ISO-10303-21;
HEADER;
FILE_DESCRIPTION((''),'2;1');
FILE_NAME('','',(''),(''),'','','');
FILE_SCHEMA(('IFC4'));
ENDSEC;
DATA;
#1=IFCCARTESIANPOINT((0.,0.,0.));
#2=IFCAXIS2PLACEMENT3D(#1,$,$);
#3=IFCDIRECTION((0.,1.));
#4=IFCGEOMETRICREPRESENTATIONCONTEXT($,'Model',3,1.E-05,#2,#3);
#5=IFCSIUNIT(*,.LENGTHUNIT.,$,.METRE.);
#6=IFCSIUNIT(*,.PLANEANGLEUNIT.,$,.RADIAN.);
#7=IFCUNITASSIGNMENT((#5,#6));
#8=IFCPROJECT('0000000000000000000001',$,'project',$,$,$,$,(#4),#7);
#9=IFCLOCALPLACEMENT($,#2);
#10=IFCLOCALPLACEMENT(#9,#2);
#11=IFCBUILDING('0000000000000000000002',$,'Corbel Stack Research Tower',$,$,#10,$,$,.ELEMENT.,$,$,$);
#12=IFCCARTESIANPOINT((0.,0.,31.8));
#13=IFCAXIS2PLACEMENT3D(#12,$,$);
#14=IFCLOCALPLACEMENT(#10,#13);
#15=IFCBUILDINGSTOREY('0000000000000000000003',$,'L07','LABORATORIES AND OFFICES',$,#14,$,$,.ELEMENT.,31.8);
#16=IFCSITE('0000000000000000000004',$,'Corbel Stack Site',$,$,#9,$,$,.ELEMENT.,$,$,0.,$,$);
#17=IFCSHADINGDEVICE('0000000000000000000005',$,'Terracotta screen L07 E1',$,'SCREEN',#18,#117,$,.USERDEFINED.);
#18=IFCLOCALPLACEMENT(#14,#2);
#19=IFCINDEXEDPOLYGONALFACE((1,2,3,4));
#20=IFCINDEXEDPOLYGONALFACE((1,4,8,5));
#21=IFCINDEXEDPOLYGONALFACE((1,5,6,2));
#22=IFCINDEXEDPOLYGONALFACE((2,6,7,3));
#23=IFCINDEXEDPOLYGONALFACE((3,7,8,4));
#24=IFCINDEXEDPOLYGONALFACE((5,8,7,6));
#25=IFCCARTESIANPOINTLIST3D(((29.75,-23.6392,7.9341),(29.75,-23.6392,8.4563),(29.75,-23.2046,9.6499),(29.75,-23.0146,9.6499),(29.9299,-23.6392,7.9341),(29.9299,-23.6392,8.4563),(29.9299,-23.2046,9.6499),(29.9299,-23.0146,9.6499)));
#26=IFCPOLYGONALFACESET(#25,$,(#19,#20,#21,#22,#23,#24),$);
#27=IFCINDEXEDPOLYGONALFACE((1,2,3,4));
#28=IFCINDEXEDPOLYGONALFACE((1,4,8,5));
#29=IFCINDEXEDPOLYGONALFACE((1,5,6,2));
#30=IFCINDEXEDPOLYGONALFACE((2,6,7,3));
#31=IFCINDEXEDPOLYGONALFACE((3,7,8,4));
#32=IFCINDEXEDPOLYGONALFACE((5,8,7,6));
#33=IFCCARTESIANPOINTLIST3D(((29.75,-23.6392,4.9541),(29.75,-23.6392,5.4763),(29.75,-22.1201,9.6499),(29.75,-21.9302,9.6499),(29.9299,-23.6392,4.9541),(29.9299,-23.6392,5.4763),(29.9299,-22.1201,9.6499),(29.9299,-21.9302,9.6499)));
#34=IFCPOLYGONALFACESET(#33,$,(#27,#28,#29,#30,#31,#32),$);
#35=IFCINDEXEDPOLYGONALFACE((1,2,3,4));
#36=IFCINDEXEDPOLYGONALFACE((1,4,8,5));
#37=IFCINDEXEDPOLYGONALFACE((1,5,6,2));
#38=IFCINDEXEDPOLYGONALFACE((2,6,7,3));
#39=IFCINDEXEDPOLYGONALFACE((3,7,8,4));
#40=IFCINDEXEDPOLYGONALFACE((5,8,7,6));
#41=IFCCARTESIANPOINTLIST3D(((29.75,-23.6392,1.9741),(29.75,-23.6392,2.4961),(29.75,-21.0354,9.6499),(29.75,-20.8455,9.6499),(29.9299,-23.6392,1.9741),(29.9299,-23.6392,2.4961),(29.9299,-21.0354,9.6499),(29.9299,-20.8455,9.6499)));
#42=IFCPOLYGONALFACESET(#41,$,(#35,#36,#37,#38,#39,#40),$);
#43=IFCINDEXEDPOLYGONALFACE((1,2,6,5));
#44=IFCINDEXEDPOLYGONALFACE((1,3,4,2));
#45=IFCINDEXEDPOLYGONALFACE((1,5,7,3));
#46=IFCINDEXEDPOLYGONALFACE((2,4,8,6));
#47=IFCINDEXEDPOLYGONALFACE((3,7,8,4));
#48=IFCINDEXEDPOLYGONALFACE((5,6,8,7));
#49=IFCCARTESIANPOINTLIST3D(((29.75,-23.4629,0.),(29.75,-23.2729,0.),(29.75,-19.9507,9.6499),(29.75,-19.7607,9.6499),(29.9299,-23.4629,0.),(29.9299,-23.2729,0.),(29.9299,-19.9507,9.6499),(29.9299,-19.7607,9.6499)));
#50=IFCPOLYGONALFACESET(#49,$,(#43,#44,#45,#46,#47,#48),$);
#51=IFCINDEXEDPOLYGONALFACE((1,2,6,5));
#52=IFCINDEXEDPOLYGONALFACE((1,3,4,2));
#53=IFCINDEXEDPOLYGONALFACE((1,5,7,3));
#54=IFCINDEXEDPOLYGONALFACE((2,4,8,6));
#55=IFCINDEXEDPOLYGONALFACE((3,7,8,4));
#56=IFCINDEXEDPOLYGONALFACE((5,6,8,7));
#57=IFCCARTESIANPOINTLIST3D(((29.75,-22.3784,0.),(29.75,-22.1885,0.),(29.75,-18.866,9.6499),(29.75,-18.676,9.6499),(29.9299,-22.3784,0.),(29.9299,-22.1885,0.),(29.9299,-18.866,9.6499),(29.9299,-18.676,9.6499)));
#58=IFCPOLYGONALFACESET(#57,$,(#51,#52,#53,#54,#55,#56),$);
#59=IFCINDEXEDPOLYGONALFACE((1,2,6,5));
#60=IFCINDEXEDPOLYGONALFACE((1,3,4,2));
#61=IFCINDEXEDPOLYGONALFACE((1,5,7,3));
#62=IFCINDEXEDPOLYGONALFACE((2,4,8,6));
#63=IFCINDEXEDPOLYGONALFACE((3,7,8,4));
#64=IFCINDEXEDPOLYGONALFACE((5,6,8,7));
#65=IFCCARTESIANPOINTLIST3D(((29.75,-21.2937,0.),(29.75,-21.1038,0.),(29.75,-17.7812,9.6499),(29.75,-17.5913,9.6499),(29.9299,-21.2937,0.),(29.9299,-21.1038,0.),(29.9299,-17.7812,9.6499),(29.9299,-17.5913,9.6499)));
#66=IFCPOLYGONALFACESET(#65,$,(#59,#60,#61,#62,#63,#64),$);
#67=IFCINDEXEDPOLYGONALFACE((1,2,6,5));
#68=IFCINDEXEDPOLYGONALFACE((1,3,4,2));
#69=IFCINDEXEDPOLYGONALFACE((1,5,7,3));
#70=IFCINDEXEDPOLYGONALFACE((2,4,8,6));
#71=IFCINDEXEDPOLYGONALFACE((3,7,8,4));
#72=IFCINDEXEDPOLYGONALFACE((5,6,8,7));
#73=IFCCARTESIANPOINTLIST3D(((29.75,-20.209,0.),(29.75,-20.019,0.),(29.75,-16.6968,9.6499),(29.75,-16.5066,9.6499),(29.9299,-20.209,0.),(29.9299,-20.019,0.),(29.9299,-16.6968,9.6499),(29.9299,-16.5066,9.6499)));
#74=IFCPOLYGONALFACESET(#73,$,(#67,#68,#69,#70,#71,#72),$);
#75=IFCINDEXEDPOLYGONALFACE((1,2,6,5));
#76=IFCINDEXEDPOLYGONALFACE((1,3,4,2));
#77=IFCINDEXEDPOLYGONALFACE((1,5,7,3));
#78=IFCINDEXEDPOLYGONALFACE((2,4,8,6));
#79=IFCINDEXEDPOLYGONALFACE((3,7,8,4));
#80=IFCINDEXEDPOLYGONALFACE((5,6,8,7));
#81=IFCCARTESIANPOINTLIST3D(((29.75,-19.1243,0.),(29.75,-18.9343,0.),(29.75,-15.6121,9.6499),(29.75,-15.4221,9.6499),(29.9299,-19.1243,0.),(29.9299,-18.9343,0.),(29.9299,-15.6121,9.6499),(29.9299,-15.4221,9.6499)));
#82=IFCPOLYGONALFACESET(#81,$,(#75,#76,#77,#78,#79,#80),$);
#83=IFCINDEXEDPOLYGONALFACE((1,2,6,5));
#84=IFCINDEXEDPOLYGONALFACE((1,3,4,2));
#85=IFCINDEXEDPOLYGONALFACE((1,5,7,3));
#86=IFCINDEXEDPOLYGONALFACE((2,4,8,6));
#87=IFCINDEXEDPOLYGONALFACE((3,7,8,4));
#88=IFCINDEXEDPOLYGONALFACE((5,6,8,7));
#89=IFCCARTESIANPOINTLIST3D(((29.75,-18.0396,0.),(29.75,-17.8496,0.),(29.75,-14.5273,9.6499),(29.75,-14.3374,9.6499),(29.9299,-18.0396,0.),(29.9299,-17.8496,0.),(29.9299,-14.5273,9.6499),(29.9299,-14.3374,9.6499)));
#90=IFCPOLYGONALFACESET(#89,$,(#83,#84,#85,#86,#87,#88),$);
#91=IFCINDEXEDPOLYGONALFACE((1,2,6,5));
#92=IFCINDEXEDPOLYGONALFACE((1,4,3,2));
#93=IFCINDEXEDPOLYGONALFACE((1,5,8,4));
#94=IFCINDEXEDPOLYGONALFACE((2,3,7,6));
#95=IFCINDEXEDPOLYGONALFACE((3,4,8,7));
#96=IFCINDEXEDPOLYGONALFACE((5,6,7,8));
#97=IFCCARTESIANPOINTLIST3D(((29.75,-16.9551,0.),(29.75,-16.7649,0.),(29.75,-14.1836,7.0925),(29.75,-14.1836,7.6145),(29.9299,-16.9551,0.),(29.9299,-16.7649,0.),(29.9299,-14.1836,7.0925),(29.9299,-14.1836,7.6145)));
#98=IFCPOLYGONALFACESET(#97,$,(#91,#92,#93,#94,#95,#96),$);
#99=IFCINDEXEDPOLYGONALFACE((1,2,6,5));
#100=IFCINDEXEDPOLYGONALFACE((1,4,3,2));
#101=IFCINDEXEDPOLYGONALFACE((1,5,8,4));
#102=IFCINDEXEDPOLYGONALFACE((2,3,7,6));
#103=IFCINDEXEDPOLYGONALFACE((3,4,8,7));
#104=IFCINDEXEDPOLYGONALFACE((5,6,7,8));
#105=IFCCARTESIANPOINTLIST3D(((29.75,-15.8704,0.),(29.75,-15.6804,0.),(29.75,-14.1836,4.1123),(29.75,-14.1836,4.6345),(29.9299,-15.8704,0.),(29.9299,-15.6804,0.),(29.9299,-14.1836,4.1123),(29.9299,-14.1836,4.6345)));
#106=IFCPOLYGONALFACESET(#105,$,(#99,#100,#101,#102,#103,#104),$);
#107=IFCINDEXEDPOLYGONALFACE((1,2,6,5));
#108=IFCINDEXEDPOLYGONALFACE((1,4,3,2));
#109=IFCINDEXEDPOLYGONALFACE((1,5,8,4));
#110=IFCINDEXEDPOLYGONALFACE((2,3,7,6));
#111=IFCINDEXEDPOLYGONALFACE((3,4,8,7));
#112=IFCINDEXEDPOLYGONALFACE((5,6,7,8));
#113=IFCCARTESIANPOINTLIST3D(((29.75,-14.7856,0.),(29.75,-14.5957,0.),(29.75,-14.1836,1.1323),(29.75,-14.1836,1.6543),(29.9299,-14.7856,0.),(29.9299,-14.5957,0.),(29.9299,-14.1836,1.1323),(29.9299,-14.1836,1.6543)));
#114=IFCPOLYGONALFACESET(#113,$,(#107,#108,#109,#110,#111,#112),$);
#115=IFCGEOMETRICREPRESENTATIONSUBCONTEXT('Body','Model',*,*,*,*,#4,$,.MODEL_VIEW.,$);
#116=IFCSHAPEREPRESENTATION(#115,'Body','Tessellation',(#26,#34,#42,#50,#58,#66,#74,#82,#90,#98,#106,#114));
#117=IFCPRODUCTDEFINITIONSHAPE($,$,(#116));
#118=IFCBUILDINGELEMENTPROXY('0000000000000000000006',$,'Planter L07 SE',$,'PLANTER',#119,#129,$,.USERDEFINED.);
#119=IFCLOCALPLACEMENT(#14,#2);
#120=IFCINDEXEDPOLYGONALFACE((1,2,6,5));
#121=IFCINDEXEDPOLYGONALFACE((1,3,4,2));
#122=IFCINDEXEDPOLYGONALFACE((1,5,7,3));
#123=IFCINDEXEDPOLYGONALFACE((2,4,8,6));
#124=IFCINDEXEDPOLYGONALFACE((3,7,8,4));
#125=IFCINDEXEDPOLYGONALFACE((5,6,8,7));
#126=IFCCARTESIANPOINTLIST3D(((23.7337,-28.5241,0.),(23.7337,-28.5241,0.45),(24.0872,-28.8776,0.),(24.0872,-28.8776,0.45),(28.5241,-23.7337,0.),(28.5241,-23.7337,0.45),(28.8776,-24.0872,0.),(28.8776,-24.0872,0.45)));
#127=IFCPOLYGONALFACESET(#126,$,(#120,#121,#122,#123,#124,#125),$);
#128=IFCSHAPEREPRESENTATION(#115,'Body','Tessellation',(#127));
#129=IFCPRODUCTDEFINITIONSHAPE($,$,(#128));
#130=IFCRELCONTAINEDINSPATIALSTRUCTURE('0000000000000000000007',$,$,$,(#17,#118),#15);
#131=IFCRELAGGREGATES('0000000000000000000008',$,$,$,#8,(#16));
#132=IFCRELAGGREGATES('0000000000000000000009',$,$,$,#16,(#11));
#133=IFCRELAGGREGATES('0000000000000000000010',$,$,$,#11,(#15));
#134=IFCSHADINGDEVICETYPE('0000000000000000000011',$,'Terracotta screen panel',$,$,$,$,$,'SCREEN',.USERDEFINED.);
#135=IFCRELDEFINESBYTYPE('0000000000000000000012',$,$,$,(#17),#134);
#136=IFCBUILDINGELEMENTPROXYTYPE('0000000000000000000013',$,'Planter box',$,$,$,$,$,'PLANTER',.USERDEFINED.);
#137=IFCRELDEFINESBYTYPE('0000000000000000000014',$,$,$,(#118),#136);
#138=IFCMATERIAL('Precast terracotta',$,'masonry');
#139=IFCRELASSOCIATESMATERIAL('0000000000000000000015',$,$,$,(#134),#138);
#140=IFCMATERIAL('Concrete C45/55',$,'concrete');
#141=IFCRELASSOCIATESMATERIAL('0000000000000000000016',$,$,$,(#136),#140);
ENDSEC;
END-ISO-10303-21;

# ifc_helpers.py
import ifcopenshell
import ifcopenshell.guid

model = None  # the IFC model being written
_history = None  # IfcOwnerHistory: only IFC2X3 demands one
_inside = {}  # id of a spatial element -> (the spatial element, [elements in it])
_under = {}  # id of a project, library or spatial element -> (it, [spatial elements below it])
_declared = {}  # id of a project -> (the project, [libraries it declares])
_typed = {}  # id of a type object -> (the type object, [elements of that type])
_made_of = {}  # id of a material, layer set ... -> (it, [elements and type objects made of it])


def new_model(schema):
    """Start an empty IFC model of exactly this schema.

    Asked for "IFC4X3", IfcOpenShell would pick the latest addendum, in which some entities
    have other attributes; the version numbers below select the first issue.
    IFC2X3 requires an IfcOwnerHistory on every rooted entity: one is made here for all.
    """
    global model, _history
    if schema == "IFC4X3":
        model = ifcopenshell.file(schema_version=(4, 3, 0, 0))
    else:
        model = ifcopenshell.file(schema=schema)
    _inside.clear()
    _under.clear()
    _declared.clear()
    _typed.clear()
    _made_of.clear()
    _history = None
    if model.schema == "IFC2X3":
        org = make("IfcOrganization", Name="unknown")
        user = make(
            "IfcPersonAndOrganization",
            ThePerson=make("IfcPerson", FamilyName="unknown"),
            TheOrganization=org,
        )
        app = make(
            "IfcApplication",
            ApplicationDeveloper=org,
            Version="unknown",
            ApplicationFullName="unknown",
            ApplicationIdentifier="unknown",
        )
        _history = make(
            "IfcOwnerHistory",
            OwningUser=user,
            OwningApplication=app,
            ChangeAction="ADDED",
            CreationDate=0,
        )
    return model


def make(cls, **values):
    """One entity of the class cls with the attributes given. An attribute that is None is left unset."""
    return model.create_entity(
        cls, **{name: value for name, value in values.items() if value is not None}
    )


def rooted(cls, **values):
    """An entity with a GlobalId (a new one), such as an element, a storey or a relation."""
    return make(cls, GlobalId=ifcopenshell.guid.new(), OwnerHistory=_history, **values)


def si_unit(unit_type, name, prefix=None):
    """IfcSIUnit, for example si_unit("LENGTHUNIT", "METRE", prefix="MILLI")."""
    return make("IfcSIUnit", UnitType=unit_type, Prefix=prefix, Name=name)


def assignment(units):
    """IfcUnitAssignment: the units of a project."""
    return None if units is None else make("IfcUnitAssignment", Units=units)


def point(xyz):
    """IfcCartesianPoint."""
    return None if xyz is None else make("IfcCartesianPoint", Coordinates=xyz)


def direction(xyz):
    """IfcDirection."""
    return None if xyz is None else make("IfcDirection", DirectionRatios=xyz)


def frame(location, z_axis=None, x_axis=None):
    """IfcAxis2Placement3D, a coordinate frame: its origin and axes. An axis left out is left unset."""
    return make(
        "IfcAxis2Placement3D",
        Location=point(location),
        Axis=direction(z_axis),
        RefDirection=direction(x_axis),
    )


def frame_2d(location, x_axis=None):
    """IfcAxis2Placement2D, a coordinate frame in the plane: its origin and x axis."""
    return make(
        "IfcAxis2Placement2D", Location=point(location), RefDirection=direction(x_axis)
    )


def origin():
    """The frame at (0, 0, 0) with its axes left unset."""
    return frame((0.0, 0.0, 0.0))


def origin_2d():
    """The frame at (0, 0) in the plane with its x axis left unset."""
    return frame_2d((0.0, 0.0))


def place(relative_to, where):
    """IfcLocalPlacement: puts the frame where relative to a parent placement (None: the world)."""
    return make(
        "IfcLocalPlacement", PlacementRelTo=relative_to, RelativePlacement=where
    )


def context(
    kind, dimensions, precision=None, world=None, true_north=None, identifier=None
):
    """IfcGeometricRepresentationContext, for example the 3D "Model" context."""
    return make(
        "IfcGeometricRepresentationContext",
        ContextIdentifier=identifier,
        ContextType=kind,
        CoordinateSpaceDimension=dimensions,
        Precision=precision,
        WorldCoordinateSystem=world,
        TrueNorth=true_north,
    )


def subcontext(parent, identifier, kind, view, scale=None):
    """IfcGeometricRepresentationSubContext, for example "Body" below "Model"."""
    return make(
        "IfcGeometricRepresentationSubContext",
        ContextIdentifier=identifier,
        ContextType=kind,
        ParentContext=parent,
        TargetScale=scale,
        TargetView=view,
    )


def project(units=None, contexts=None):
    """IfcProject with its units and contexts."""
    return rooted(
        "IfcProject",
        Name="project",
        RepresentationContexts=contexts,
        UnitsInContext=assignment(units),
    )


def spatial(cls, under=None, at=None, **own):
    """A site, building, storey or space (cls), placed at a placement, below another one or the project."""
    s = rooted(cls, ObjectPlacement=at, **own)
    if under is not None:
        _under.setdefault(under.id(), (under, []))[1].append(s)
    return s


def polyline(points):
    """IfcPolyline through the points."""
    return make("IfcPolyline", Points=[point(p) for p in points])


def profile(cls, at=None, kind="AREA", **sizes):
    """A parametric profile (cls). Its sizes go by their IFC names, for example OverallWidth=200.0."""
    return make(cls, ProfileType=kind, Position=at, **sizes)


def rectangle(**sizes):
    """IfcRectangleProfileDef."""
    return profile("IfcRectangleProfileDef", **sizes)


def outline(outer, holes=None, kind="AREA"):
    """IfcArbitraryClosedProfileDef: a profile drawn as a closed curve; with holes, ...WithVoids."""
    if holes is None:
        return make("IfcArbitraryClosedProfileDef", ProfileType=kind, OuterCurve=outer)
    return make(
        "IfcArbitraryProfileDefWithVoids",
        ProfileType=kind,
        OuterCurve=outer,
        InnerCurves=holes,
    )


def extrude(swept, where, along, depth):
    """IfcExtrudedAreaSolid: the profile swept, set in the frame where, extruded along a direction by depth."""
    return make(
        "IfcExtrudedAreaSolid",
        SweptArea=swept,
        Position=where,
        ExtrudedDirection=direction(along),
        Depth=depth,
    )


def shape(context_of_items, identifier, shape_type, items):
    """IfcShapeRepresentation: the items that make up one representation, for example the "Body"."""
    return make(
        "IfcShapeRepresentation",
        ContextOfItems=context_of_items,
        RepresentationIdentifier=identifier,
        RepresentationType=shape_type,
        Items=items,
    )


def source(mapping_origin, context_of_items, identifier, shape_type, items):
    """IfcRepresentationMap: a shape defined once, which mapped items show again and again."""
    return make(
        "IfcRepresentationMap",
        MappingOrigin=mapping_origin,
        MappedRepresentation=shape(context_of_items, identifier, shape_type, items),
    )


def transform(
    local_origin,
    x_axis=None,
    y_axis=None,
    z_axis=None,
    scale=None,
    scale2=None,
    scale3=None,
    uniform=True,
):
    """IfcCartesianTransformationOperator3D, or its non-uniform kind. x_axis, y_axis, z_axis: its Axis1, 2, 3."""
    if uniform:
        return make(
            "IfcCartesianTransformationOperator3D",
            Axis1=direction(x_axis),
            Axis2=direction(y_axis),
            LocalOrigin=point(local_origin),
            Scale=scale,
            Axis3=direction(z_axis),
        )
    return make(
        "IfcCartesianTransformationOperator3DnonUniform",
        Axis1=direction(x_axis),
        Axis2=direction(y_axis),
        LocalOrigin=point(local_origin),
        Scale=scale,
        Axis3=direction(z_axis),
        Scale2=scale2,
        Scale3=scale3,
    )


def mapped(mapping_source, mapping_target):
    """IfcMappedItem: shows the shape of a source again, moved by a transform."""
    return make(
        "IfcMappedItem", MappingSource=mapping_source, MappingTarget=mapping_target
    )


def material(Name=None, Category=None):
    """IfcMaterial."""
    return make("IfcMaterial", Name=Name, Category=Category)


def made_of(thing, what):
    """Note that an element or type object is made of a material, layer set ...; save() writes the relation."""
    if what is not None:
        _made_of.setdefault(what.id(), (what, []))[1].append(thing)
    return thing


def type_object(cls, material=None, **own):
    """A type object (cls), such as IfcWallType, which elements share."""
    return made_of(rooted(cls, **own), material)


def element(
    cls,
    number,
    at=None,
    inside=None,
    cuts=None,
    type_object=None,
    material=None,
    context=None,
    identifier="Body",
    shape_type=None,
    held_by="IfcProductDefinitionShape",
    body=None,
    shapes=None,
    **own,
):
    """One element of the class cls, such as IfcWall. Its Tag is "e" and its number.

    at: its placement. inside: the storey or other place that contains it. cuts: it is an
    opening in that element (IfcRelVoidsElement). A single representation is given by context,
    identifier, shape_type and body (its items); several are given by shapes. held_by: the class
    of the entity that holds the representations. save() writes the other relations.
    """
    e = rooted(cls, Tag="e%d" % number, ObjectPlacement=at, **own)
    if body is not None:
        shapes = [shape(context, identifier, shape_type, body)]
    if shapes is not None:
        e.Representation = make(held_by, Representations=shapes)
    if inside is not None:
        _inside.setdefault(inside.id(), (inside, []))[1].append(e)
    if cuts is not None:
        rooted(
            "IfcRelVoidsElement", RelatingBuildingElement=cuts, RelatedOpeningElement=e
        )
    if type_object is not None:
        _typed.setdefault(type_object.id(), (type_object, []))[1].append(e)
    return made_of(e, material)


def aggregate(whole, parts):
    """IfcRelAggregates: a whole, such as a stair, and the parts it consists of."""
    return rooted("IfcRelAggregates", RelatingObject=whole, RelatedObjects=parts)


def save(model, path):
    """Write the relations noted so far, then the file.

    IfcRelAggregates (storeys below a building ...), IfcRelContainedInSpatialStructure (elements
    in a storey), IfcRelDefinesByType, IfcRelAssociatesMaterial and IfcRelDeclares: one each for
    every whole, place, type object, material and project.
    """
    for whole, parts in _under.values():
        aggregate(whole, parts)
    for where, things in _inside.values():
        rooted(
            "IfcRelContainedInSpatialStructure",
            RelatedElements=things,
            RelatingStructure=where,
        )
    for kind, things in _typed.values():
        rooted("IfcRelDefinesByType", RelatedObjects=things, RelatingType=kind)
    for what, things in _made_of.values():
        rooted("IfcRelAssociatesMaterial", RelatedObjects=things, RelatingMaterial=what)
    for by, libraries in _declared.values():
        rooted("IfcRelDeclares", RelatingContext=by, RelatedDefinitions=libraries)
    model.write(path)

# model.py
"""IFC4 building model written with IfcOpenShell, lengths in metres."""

from ifc_helpers import new_model, si_unit, direction, frame, origin, origin_2d, place, context, subcontext, project, spatial, polyline, rectangle, outline, extrude, source, transform, mapped, material, type_object, element, save


model = new_model("IFC4")

# Units and contexts
model_context = context("Model", 3, precision=1e-05, world=origin(), true_north=direction((0.0, 1.0)))
body_context = subcontext(model_context, "Body", "Model", "MODEL_VIEW")
ifc_project = project(units=[si_unit("LENGTHUNIT", "METRE"), si_unit("PLANEANGLEUNIT", "RADIAN")], contexts=[model_context])

# Site, building, storey
site_placement = place(None, origin())
site = spatial("IfcSite", under=ifc_project, at=site_placement, Name="Corbel Stack Site", CompositionType="ELEMENT", RefElevation=0.0)
building_placement = place(site_placement, origin())
building = spatial("IfcBuilding", under=site, at=building_placement, Name="Corbel Stack Research Tower", CompositionType="ELEMENT")
storey_placement = place(building_placement, frame((0.0, 0.0, 31.8)))
storey = spatial("IfcBuildingStorey", under=building, at=storey_placement, Name="L07", Description="LABORATORIES AND OFFICES", CompositionType="ELEMENT", Elevation=31.8)

# Shading device
ifc_material_1 = material(Name="Precast terracotta", Category="masonry")
shading_device_type = type_object("IfcShadingDeviceType", Name="Terracotta screen panel", ElementType="SCREEN", PredefinedType="USERDEFINED", material=ifc_material_1)
shared_shape_1 = source(origin(), body_context, "Body", "SweptSolid", [
    extrude(outline(polyline([(0.6245, 9.6499), (0.4346, 9.6499), (0.0, 8.4563), (0.0, 7.9341), (0.6245, 9.6499)])), frame((0.0, 0.0, 0.0), z_axis=(0.0, -1.0, 0.0), x_axis=(1.0, 0.0, 0.0)), (0.0, 0.0, 1.0), 0.1799),
    extrude(outline(polyline([(1.709, 9.6499), (1.519, 9.6499), (0.0, 5.4763), (0.0, 4.9541), (1.709, 9.6499)])), frame((0.0, 0.0, 0.0), z_axis=(0.0, -1.0, 0.0), x_axis=(1.0, 0.0, 0.0)), (0.0, 0.0, 1.0), 0.1799),
    extrude(outline(polyline([(2.7937, 9.6499), (2.6038, 9.6499), (0.0, 2.4961), (0.0, 1.9741), (2.7937, 9.6499)])), frame((0.0, 0.0, 0.0), z_axis=(0.0, -1.0, 0.0), x_axis=(1.0, 0.0, 0.0)), (0.0, 0.0, 1.0), 0.1799),
    extrude(outline(polyline([(0.3662, 0.0), (3.8784, 9.6499), (3.6885, 9.6499), (0.1763, 0.0), (0.3662, 0.0)])), frame((0.0, 0.0, 0.0), z_axis=(0.0, -1.0, 0.0), x_axis=(1.0, 0.0, 0.0)), (0.0, 0.0, 1.0), 0.1799),
    extrude(outline(polyline([(1.4507, 0.0), (4.9631, 9.6499), (4.7732, 9.6499), (1.2607, 0.0), (1.4507, 0.0)])), frame((0.0, 0.0, 0.0), z_axis=(0.0, -1.0, 0.0), x_axis=(1.0, 0.0, 0.0)), (0.0, 0.0, 1.0), 0.1799),
    extrude(outline(polyline([(2.5354, 0.0), (6.0479, 9.6499), (5.8579, 9.6499), (2.3455, 0.0), (2.5354, 0.0)])), frame((0.0, 0.0, 0.0), z_axis=(0.0, -1.0, 0.0), x_axis=(1.0, 0.0, 0.0)), (0.0, 0.0, 1.0), 0.1799),
    extrude(outline(polyline([(3.6201, 0.0), (7.1326, 9.6499), (6.9424, 9.6499), (3.4302, 0.0), (3.6201, 0.0)])), frame((0.0, 0.0, 0.0), z_axis=(0.0, -1.0, 0.0), x_axis=(1.0, 0.0, 0.0)), (0.0, 0.0, 1.0), 0.1799),
    extrude(outline(polyline([(4.7048, 0.0), (8.217, 9.6499), (8.0271, 9.6499), (4.5149, 0.0), (4.7048, 0.0)])), frame((0.0, 0.0, 0.0), z_axis=(0.0, -1.0, 0.0), x_axis=(1.0, 0.0, 0.0)), (0.0, 0.0, 1.0), 0.1799),
    extrude(outline(polyline([(5.7896, 0.0), (9.3018, 9.6499), (9.1118, 9.6499), (5.5996, 0.0), (5.7896, 0.0)])), frame((0.0, 0.0, 0.0), z_axis=(0.0, -1.0, 0.0), x_axis=(1.0, 0.0, 0.0)), (0.0, 0.0, 1.0), 0.1799),
    extrude(outline(polyline([(6.8743, 0.0), (9.4556, 7.0925), (9.4556, 7.6145), (6.6841, 0.0), (6.8743, 0.0)])), frame((0.0, 0.0, 0.0), z_axis=(0.0, -1.0, 0.0), x_axis=(1.0, 0.0, 0.0)), (0.0, 0.0, 1.0), 0.1799),
    extrude(outline(polyline([(7.9587, 0.0), (9.4556, 4.1123), (9.4556, 4.6345), (7.7688, 0.0), (7.9587, 0.0)])), frame((0.0, 0.0, 0.0), z_axis=(0.0, -1.0, 0.0), x_axis=(1.0, 0.0, 0.0)), (0.0, 0.0, 1.0), 0.1799),
    extrude(outline(polyline([(9.0435, 0.0), (9.4556, 1.1323), (9.4556, 1.6543), (8.8535, 0.0), (9.0435, 0.0)])), frame((0.0, 0.0, 0.0), z_axis=(0.0, -1.0, 0.0), x_axis=(1.0, 0.0, 0.0)), (0.0, 0.0, 1.0), 0.1799),
])
shading_device_1_placement = place(storey_placement, frame((29.75, -23.6392, 0.0), z_axis=(0.0, 0.0, 1.0), x_axis=(0.0, 1.0, 0.0)))
element("IfcShadingDevice", 1, at=shading_device_1_placement, inside=storey, type_object=shading_device_type, Name="Terracotta screen L07 E1", ObjectType="SCREEN", PredefinedType="USERDEFINED", context=body_context, shape_type="MappedRepresentation", body=[
    mapped(shared_shape_1, transform((0.0, 0.0, 0.0))),
])

# Building element proxy
ifc_material_2 = material(Name="Concrete C45/55", Category="concrete")
building_element_proxy_type = type_object("IfcBuildingElementProxyType", Name="Planter box", ElementType="PLANTER", PredefinedType="USERDEFINED", material=ifc_material_2)
proxy_placement = place(storey_placement, frame((26.3057, -26.3057, 0.0), z_axis=(0.0, 0.0, 1.0), x_axis=(0.707107, 0.707107, 0.0)))
element("IfcBuildingElementProxy", 2, at=proxy_placement, inside=storey, type_object=building_element_proxy_type, Name="Planter L07 SE", ObjectType="PLANTER", PredefinedType="USERDEFINED", context=body_context, shape_type="SweptSolid", body=[
    extrude(rectangle(XDim=6.7747, YDim=0.5, at=origin_2d()), origin(), (0.0, 0.0, 1.0), 0.45),
])

save(model, "model.ifc")
